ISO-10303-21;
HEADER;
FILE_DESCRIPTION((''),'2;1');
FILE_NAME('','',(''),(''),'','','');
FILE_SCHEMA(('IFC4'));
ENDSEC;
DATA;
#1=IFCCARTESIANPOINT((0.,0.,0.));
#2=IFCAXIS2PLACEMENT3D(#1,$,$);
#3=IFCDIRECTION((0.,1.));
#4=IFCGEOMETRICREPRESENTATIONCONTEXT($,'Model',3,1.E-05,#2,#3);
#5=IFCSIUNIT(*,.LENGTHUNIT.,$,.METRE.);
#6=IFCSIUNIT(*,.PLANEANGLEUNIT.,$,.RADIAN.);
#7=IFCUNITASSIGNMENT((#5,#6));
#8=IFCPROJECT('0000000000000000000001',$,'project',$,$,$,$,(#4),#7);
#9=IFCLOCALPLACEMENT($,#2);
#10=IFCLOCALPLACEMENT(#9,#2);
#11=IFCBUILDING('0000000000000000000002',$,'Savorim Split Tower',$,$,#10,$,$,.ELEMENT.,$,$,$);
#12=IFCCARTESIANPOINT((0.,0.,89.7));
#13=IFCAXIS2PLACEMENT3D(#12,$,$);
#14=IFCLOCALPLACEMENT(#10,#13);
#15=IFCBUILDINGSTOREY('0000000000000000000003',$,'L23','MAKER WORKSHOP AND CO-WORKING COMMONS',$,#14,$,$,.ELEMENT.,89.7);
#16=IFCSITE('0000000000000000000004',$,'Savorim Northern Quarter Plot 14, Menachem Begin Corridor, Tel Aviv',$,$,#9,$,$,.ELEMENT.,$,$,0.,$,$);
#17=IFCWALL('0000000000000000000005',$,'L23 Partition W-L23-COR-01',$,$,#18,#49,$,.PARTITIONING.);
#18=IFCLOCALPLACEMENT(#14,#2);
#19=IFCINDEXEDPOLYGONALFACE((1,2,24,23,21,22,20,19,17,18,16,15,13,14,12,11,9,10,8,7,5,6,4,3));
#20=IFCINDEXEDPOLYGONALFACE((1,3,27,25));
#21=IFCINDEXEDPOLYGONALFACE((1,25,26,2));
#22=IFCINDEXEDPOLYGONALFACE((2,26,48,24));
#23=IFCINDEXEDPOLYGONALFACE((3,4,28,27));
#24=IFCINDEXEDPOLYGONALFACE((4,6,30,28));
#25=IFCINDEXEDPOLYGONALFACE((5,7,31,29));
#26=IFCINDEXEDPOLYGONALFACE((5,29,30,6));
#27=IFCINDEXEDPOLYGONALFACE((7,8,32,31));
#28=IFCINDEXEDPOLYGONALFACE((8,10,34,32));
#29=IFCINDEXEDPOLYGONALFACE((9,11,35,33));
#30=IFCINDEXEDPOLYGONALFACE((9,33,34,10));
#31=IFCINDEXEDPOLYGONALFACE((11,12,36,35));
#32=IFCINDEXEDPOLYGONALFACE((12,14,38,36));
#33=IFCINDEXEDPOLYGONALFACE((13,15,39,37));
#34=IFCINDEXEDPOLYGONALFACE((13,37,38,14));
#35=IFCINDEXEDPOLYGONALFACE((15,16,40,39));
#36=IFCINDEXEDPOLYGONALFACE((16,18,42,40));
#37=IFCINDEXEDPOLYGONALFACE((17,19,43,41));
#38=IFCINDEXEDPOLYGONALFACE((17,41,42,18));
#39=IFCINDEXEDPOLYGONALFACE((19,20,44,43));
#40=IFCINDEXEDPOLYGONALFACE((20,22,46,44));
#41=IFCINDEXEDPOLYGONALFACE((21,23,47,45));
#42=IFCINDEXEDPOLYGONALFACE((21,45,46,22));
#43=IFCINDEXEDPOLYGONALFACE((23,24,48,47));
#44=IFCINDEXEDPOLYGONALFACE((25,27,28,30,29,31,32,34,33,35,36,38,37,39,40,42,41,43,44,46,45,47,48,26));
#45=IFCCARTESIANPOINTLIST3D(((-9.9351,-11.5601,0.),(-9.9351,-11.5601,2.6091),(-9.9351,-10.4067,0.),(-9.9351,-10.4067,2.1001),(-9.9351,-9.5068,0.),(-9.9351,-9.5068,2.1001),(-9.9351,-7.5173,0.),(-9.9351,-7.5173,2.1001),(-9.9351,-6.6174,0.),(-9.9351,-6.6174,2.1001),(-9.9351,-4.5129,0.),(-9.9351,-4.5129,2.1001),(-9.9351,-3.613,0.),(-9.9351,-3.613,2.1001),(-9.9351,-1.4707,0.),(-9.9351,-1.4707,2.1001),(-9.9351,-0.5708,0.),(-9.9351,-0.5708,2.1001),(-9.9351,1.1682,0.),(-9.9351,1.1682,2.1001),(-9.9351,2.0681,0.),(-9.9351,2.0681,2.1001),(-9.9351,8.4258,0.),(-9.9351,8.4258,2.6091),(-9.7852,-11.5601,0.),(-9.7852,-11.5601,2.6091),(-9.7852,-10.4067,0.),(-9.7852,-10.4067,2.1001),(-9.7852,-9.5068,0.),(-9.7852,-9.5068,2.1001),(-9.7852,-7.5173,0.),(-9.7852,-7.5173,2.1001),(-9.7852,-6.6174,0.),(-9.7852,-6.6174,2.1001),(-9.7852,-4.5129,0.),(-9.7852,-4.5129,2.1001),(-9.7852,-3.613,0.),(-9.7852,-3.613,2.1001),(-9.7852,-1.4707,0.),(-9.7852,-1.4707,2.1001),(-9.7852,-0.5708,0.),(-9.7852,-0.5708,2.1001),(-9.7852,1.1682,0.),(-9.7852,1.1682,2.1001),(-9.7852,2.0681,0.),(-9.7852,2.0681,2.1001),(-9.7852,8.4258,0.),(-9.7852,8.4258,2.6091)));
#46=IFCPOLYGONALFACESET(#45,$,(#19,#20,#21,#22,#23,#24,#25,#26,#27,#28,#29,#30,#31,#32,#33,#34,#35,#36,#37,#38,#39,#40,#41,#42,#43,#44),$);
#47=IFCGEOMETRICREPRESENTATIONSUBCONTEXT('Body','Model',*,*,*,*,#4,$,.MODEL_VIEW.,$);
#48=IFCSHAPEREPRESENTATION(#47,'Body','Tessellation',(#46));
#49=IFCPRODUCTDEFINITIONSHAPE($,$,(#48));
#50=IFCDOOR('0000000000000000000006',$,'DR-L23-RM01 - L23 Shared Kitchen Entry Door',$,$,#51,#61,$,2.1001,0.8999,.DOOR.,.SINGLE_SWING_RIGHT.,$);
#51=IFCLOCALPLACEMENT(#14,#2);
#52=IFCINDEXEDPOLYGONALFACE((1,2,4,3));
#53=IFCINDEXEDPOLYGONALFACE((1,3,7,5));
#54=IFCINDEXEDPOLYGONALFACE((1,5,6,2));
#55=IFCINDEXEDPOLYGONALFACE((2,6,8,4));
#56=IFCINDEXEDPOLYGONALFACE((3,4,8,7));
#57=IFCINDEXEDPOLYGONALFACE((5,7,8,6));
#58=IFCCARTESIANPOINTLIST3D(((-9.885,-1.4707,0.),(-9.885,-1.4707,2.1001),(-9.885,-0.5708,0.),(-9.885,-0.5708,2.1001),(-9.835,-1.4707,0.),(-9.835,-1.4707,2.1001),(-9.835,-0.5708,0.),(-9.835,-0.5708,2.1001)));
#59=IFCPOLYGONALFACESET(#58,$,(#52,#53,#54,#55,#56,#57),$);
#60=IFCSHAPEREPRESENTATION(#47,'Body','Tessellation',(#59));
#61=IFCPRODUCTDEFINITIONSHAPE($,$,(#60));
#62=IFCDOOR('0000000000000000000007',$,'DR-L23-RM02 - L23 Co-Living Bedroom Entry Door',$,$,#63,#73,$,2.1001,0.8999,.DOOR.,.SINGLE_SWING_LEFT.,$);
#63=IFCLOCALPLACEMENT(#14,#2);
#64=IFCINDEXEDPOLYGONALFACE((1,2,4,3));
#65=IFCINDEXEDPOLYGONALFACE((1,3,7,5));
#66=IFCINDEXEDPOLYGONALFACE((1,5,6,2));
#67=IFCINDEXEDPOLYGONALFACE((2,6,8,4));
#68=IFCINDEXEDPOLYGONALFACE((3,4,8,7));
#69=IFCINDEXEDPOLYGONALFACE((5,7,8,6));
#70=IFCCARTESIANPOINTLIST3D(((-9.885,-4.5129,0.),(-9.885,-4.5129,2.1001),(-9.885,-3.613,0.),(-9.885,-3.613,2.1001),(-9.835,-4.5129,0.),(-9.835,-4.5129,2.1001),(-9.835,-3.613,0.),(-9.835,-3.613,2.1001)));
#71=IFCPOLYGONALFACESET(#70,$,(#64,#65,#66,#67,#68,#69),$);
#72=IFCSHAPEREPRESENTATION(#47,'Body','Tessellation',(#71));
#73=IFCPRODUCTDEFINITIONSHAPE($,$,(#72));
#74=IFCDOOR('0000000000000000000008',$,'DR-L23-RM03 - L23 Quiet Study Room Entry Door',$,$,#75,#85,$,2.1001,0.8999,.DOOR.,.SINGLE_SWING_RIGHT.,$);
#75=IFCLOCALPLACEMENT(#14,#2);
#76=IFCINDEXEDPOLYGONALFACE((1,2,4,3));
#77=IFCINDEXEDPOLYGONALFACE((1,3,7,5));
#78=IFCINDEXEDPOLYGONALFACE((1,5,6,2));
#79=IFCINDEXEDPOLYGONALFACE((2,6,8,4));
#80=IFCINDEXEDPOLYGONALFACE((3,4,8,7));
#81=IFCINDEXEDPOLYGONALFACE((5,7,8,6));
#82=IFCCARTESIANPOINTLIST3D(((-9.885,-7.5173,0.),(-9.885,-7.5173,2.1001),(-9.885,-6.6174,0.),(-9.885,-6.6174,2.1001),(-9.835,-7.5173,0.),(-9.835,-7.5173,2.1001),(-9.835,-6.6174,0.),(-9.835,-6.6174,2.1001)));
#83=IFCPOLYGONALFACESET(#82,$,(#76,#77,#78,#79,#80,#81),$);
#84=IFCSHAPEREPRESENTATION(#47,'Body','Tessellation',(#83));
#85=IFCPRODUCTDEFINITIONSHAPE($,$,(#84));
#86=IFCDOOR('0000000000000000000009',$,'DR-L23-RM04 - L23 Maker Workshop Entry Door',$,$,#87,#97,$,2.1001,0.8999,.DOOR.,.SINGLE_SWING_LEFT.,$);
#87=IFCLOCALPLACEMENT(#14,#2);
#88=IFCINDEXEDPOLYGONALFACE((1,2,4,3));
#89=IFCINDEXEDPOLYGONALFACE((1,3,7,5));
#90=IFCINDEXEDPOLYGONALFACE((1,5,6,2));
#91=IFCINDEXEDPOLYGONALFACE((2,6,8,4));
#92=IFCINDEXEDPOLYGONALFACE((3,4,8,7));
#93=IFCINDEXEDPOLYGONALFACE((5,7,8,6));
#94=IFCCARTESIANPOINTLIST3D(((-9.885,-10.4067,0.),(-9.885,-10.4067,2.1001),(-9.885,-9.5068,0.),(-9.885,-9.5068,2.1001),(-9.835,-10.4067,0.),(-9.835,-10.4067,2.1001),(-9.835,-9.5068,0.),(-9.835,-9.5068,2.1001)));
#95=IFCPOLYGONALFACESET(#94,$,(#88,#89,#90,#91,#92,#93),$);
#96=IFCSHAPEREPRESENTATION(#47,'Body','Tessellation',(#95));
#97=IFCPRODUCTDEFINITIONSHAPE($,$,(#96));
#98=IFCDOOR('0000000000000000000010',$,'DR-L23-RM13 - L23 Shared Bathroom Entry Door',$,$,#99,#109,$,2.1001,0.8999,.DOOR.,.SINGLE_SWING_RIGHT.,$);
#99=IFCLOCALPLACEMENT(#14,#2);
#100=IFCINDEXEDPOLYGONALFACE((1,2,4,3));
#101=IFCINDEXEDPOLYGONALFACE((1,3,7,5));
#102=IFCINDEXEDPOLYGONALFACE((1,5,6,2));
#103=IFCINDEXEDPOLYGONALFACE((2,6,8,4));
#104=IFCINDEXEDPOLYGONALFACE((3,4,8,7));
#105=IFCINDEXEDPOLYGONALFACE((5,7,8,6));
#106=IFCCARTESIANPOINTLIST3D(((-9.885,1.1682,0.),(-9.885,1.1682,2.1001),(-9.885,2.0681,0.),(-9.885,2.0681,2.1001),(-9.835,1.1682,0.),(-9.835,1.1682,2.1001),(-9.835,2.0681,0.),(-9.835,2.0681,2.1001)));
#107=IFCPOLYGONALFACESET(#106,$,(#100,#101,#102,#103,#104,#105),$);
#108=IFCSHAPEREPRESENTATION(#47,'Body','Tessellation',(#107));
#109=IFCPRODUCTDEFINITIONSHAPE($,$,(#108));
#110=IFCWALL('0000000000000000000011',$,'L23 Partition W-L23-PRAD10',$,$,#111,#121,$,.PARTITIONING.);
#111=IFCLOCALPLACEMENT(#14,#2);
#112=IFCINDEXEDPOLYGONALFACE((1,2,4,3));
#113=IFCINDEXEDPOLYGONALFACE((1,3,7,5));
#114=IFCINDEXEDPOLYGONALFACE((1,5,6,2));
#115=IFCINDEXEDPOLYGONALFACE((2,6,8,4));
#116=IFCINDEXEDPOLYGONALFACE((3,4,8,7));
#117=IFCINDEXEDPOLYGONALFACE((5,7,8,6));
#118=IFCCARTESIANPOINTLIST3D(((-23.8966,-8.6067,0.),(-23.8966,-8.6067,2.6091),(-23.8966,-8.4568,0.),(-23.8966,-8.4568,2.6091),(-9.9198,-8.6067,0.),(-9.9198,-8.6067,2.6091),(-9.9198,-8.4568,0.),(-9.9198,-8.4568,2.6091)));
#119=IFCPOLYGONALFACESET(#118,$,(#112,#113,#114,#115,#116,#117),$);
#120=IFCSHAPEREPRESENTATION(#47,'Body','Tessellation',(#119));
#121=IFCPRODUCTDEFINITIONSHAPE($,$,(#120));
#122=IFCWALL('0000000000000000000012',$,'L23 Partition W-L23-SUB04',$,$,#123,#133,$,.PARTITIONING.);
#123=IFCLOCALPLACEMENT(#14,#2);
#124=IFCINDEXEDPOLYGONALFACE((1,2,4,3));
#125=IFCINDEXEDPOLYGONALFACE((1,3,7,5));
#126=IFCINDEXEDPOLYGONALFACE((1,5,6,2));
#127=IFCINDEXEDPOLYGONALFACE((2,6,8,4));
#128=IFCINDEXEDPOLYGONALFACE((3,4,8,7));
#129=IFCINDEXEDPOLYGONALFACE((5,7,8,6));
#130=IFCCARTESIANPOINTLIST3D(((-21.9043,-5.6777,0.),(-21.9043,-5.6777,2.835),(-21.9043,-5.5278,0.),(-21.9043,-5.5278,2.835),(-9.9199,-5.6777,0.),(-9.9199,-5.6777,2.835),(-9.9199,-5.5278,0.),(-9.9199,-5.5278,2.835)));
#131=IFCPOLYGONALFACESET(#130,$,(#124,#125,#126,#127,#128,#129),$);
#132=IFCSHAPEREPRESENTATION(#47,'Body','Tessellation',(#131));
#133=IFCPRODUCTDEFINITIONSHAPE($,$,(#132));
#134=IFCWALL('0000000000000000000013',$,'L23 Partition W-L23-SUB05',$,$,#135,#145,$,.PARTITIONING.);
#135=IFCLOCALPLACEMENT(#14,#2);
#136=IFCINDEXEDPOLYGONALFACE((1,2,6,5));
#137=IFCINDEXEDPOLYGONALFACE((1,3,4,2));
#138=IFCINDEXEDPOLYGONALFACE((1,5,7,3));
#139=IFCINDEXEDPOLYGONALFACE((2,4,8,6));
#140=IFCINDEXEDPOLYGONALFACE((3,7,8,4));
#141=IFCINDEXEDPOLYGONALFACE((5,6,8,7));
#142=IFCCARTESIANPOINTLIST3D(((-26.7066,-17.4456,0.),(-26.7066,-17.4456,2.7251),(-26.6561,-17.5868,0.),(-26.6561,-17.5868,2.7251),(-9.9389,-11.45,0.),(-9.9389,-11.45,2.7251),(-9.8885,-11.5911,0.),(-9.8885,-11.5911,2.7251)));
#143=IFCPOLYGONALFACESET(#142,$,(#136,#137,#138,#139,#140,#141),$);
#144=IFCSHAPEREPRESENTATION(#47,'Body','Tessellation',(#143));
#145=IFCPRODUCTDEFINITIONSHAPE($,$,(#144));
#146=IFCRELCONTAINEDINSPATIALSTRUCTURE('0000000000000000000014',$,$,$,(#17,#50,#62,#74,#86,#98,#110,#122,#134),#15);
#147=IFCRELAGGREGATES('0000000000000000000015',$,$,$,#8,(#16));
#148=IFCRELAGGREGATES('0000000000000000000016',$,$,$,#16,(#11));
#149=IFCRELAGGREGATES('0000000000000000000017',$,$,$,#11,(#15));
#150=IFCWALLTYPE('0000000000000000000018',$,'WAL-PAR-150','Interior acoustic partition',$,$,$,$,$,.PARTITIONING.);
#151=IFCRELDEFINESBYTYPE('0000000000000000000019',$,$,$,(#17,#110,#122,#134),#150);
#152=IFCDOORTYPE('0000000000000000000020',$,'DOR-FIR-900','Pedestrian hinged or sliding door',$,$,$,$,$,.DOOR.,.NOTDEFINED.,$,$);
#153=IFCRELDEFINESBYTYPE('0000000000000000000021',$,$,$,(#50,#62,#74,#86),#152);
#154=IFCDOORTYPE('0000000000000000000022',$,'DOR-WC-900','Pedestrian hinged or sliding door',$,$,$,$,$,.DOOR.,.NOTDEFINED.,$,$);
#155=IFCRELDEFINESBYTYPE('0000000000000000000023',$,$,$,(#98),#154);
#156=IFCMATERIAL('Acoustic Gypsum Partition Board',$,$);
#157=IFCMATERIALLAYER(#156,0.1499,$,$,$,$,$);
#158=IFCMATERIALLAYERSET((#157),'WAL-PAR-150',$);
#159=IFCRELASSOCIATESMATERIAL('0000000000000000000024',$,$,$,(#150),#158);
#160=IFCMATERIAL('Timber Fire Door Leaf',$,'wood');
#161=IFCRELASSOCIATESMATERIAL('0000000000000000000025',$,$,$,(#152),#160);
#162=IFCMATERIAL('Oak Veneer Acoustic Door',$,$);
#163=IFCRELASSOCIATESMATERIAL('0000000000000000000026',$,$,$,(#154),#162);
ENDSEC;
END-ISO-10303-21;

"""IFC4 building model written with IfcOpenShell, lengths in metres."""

from ifc_helpers import new_model, si_unit, direction, frame, frame_2d, origin, place, context, subcontext, project, spatial, rectangle, extrude, material, layer, layer_set, type_object, element, fill, save


model = new_model("IFC4")

# Units and contexts
model_context = context("Model", 3, precision=1e-05, world=origin(), true_north=direction((0.0, 1.0)))
body_context = subcontext(model_context, "Body", "Model", "MODEL_VIEW")
ifc_project = project(units=[si_unit("LENGTHUNIT", "METRE"), si_unit("PLANEANGLEUNIT", "RADIAN")], contexts=[model_context])

# Site, building, storey
site_placement = place(None, origin())
site = spatial("IfcSite", under=ifc_project, at=site_placement, Name="Savorim Northern Quarter Plot 14, Menachem Begin Corridor, Tel Aviv", CompositionType="ELEMENT", RefElevation=0.0)
building_placement = place(site_placement, origin())
building = spatial("IfcBuilding", under=site, at=building_placement, Name="Savorim Split Tower", CompositionType="ELEMENT")
storey_placement = place(building_placement, frame((0.0, 0.0, 89.7)))
storey = spatial("IfcBuildingStorey", under=building, at=storey_placement, Name="L23", Description="MAKER WORKSHOP AND CO-WORKING COMMONS", CompositionType="ELEMENT", Elevation=89.7)

# Shared definitions
ifc_material_1 = material(Name="Timber Fire Door Leaf", Category="wood")

# Wall, openings, doors
ifc_material_2 = material(Name="Acoustic Gypsum Partition Board")
ifc_layer_1 = layer(ifc_material_2, 0.1499)
ifc_layer_set_1 = layer_set([ifc_layer_1], Name="WAL-PAR-150")
wall_type_1 = type_object("IfcWallType", Name="WAL-PAR-150", Description="Interior acoustic partition", PredefinedType="PARTITIONING", material=ifc_layer_set_1)
wall_1_placement = place(storey_placement, frame((-9.8601, -11.5601, 0.0), z_axis=(0.0, 0.0, 1.0), x_axis=(0.0, 1.0, 0.0)))
wall_1 = element("IfcWall", 1, at=wall_1_placement, inside=storey, type_object=wall_type_1, Name="L23 Partition W-L23-COR-01", PredefinedType="PARTITIONING", context=body_context, shape_type="SweptSolid", body=[
    extrude(rectangle(XDim=19.9858, YDim=0.1499, at=frame_2d((9.9929, 0.0))), origin(), (0.0, 0.0, 1.0), 2.6091),
])
opening_1_placement = place(wall_1_placement, frame((10.0894, 0.0, 0.0)))
opening_1 = element("IfcOpeningElement", 2, at=opening_1_placement, cuts=wall_1, PredefinedType="OPENING", context=body_context, shape_type="SweptSolid", body=[
    extrude(rectangle(XDim=0.8999, YDim=2.1001, at=frame_2d((0.45, 1.05))), frame((0.0, 0.085, 0.0), z_axis=(0.0, -1.0, 0.0), x_axis=(1.0, 0.0, 0.0)), (0.0, 0.0, 1.0), 0.1699),
])
opening_2_placement = place(wall_1_placement, frame((7.0471, 0.0, 0.0)))
opening_2 = element("IfcOpeningElement", 3, at=opening_2_placement, cuts=wall_1, PredefinedType="OPENING", context=body_context, shape_type="SweptSolid", body=[
    extrude(rectangle(XDim=0.8999, YDim=2.1001, at=frame_2d((0.45, 1.05))), frame((0.0, 0.085, 0.0), z_axis=(0.0, -1.0, 0.0), x_axis=(1.0, 0.0, 0.0)), (0.0, 0.0, 1.0), 0.1699),
])
opening_3_placement = place(wall_1_placement, frame((4.0427, 0.0, 0.0)))
opening_3 = element("IfcOpeningElement", 4, at=opening_3_placement, cuts=wall_1, PredefinedType="OPENING", context=body_context, shape_type="SweptSolid", body=[
    extrude(rectangle(XDim=0.8999, YDim=2.1001, at=frame_2d((0.45, 1.05))), frame((0.0, 0.085, 0.0), z_axis=(0.0, -1.0, 0.0), x_axis=(1.0, 0.0, 0.0)), (0.0, 0.0, 1.0), 0.1699),
])
opening_4_placement = place(wall_1_placement, frame((1.1533, 0.0, 0.0)))
opening_4 = element("IfcOpeningElement", 5, at=opening_4_placement, cuts=wall_1, PredefinedType="OPENING", context=body_context, shape_type="SweptSolid", body=[
    extrude(rectangle(XDim=0.8999, YDim=2.1001, at=frame_2d((0.45, 1.05))), frame((0.0, 0.085, 0.0), z_axis=(0.0, -1.0, 0.0), x_axis=(1.0, 0.0, 0.0)), (0.0, 0.0, 1.0), 0.1699),
])
opening_5_placement = place(wall_1_placement, frame((12.7283, 0.0, 0.0)))
opening_5 = element("IfcOpeningElement", 6, at=opening_5_placement, cuts=wall_1, PredefinedType="OPENING", context=body_context, shape_type="SweptSolid", body=[
    extrude(rectangle(XDim=0.8999, YDim=2.1001, at=frame_2d((0.45, 1.05))), frame((0.0, 0.085, 0.0), z_axis=(0.0, -1.0, 0.0), x_axis=(1.0, 0.0, 0.0)), (0.0, 0.0, 1.0), 0.1699),
])
door_type_1 = type_object("IfcDoorType", Name="DOR-FIR-900", Description="Pedestrian hinged or sliding door", OperationType="NOTDEFINED", PredefinedType="DOOR", material=ifc_material_1)
door_1_placement = place(opening_1_placement, origin())
door_1 = element("IfcDoor", 7, at=door_1_placement, inside=storey, type_object=door_type_1, Name="DR-L23-RM01 - L23 Shared Kitchen Entry Door", OperationType="SINGLE_SWING_RIGHT", OverallHeight=2.1001, OverallWidth=0.8999, PredefinedType="DOOR", context=body_context, shape_type="SweptSolid", body=[
    extrude(rectangle(XDim=0.8999, YDim=2.1001, at=frame_2d((0.45, 1.05))), frame((0.0, 0.0249, 0.0), z_axis=(0.0, -1.0, 0.0), x_axis=(1.0, 0.0, 0.0)), (0.0, 0.0, 1.0), 0.05),
])
fill(opening_1, door_1)
door_2_placement = place(opening_2_placement, origin())
door_2 = element("IfcDoor", 8, at=door_2_placement, inside=storey, type_object=door_type_1, Name="DR-L23-RM02 - L23 Co-Living Bedroom Entry Door", OperationType="SINGLE_SWING_LEFT", OverallHeight=2.1001, OverallWidth=0.8999, PredefinedType="DOOR", context=body_context, shape_type="SweptSolid", body=[
    extrude(rectangle(XDim=0.8999, YDim=2.1001, at=frame_2d((0.45, 1.05))), frame((0.0, 0.0249, 0.0), z_axis=(0.0, -1.0, 0.0), x_axis=(1.0, 0.0, 0.0)), (0.0, 0.0, 1.0), 0.05),
])
fill(opening_2, door_2)
door_3_placement = place(opening_3_placement, origin())
door_3 = element("IfcDoor", 9, at=door_3_placement, inside=storey, type_object=door_type_1, Name="DR-L23-RM03 - L23 Quiet Study Room Entry Door", OperationType="SINGLE_SWING_RIGHT", OverallHeight=2.1001, OverallWidth=0.8999, PredefinedType="DOOR", context=body_context, shape_type="SweptSolid", body=[
    extrude(rectangle(XDim=0.8999, YDim=2.1001, at=frame_2d((0.45, 1.05))), frame((0.0, 0.0249, 0.0), z_axis=(0.0, -1.0, 0.0), x_axis=(1.0, 0.0, 0.0)), (0.0, 0.0, 1.0), 0.05),
])
fill(opening_3, door_3)
door_4_placement = place(opening_4_placement, origin())
door_4 = element("IfcDoor", 10, at=door_4_placement, inside=storey, type_object=door_type_1, Name="DR-L23-RM04 - L23 Maker Workshop Entry Door", OperationType="SINGLE_SWING_LEFT", OverallHeight=2.1001, OverallWidth=0.8999, PredefinedType="DOOR", context=body_context, shape_type="SweptSolid", body=[
    extrude(rectangle(XDim=0.8999, YDim=2.1001, at=frame_2d((0.45, 1.05))), frame((0.0, 0.0249, 0.0), z_axis=(0.0, -1.0, 0.0), x_axis=(1.0, 0.0, 0.0)), (0.0, 0.0, 1.0), 0.05),
])
fill(opening_4, door_4)
ifc_material_3 = material(Name="Oak Veneer Acoustic Door")
door_type_2 = type_object("IfcDoorType", Name="DOR-WC-900", Description="Pedestrian hinged or sliding door", OperationType="NOTDEFINED", PredefinedType="DOOR", material=ifc_material_3)
door_5_placement = place(opening_5_placement, origin())
door_5 = element("IfcDoor", 11, at=door_5_placement, inside=storey, type_object=door_type_2, Name="DR-L23-RM13 - L23 Shared Bathroom Entry Door", OperationType="SINGLE_SWING_RIGHT", OverallHeight=2.1001, OverallWidth=0.8999, PredefinedType="DOOR", context=body_context, shape_type="SweptSolid", body=[
    extrude(rectangle(XDim=0.8999, YDim=2.1001, at=frame_2d((0.45, 1.05))), frame((0.0, 0.0249, 0.0), z_axis=(0.0, -1.0, 0.0), x_axis=(1.0, 0.0, 0.0)), (0.0, 0.0, 1.0), 0.05),
])
fill(opening_5, door_5)

# Walls
wall_2_placement = place(storey_placement, frame((-9.9199, -8.5317, 0.0), z_axis=(0.0, 0.0, 1.0), x_axis=(-1.0, 0.0, 0.0)))
element("IfcWall", 12, at=wall_2_placement, inside=storey, type_object=wall_type_1, Name="L23 Partition W-L23-PRAD10", PredefinedType="PARTITIONING", context=body_context, shape_type="SweptSolid", body=[
    extrude(rectangle(XDim=13.9768, YDim=0.1499, at=frame_2d((6.9883, 0.0))), origin(), (0.0, 0.0, 1.0), 2.6091),
])
wall_3_placement = place(storey_placement, frame((-9.9199, -5.6028, 0.0), z_axis=(0.0, 0.0, 1.0), x_axis=(-1.0, 0.0, 0.0)))
element("IfcWall", 13, at=wall_3_placement, inside=storey, type_object=wall_type_1, Name="L23 Partition W-L23-SUB04", PredefinedType="PARTITIONING", context=body_context, shape_type="SweptSolid", body=[
    extrude(rectangle(XDim=11.9844, YDim=0.1499, at=frame_2d((5.9922, 0.0))), origin(), (0.0, 0.0, 1.0), 2.835),
])
wall_4_placement = place(storey_placement, frame((-9.9136, -11.5205, 0.0), z_axis=(0.0, 0.0, 1.0), x_axis=(-0.941614, -0.336694, 0.0)))
element("IfcWall", 14, at=wall_4_placement, inside=storey, type_object=wall_type_1, Name="L23 Partition W-L23-SUB05", PredefinedType="PARTITIONING", context=body_context, shape_type="SweptSolid", body=[
    extrude(rectangle(XDim=17.8074, YDim=0.1499, at=frame_2d((8.9038, 0.0))), origin(), (0.0, 0.0, 1.0), 2.7251),
])

save(model, "model.ifc")
